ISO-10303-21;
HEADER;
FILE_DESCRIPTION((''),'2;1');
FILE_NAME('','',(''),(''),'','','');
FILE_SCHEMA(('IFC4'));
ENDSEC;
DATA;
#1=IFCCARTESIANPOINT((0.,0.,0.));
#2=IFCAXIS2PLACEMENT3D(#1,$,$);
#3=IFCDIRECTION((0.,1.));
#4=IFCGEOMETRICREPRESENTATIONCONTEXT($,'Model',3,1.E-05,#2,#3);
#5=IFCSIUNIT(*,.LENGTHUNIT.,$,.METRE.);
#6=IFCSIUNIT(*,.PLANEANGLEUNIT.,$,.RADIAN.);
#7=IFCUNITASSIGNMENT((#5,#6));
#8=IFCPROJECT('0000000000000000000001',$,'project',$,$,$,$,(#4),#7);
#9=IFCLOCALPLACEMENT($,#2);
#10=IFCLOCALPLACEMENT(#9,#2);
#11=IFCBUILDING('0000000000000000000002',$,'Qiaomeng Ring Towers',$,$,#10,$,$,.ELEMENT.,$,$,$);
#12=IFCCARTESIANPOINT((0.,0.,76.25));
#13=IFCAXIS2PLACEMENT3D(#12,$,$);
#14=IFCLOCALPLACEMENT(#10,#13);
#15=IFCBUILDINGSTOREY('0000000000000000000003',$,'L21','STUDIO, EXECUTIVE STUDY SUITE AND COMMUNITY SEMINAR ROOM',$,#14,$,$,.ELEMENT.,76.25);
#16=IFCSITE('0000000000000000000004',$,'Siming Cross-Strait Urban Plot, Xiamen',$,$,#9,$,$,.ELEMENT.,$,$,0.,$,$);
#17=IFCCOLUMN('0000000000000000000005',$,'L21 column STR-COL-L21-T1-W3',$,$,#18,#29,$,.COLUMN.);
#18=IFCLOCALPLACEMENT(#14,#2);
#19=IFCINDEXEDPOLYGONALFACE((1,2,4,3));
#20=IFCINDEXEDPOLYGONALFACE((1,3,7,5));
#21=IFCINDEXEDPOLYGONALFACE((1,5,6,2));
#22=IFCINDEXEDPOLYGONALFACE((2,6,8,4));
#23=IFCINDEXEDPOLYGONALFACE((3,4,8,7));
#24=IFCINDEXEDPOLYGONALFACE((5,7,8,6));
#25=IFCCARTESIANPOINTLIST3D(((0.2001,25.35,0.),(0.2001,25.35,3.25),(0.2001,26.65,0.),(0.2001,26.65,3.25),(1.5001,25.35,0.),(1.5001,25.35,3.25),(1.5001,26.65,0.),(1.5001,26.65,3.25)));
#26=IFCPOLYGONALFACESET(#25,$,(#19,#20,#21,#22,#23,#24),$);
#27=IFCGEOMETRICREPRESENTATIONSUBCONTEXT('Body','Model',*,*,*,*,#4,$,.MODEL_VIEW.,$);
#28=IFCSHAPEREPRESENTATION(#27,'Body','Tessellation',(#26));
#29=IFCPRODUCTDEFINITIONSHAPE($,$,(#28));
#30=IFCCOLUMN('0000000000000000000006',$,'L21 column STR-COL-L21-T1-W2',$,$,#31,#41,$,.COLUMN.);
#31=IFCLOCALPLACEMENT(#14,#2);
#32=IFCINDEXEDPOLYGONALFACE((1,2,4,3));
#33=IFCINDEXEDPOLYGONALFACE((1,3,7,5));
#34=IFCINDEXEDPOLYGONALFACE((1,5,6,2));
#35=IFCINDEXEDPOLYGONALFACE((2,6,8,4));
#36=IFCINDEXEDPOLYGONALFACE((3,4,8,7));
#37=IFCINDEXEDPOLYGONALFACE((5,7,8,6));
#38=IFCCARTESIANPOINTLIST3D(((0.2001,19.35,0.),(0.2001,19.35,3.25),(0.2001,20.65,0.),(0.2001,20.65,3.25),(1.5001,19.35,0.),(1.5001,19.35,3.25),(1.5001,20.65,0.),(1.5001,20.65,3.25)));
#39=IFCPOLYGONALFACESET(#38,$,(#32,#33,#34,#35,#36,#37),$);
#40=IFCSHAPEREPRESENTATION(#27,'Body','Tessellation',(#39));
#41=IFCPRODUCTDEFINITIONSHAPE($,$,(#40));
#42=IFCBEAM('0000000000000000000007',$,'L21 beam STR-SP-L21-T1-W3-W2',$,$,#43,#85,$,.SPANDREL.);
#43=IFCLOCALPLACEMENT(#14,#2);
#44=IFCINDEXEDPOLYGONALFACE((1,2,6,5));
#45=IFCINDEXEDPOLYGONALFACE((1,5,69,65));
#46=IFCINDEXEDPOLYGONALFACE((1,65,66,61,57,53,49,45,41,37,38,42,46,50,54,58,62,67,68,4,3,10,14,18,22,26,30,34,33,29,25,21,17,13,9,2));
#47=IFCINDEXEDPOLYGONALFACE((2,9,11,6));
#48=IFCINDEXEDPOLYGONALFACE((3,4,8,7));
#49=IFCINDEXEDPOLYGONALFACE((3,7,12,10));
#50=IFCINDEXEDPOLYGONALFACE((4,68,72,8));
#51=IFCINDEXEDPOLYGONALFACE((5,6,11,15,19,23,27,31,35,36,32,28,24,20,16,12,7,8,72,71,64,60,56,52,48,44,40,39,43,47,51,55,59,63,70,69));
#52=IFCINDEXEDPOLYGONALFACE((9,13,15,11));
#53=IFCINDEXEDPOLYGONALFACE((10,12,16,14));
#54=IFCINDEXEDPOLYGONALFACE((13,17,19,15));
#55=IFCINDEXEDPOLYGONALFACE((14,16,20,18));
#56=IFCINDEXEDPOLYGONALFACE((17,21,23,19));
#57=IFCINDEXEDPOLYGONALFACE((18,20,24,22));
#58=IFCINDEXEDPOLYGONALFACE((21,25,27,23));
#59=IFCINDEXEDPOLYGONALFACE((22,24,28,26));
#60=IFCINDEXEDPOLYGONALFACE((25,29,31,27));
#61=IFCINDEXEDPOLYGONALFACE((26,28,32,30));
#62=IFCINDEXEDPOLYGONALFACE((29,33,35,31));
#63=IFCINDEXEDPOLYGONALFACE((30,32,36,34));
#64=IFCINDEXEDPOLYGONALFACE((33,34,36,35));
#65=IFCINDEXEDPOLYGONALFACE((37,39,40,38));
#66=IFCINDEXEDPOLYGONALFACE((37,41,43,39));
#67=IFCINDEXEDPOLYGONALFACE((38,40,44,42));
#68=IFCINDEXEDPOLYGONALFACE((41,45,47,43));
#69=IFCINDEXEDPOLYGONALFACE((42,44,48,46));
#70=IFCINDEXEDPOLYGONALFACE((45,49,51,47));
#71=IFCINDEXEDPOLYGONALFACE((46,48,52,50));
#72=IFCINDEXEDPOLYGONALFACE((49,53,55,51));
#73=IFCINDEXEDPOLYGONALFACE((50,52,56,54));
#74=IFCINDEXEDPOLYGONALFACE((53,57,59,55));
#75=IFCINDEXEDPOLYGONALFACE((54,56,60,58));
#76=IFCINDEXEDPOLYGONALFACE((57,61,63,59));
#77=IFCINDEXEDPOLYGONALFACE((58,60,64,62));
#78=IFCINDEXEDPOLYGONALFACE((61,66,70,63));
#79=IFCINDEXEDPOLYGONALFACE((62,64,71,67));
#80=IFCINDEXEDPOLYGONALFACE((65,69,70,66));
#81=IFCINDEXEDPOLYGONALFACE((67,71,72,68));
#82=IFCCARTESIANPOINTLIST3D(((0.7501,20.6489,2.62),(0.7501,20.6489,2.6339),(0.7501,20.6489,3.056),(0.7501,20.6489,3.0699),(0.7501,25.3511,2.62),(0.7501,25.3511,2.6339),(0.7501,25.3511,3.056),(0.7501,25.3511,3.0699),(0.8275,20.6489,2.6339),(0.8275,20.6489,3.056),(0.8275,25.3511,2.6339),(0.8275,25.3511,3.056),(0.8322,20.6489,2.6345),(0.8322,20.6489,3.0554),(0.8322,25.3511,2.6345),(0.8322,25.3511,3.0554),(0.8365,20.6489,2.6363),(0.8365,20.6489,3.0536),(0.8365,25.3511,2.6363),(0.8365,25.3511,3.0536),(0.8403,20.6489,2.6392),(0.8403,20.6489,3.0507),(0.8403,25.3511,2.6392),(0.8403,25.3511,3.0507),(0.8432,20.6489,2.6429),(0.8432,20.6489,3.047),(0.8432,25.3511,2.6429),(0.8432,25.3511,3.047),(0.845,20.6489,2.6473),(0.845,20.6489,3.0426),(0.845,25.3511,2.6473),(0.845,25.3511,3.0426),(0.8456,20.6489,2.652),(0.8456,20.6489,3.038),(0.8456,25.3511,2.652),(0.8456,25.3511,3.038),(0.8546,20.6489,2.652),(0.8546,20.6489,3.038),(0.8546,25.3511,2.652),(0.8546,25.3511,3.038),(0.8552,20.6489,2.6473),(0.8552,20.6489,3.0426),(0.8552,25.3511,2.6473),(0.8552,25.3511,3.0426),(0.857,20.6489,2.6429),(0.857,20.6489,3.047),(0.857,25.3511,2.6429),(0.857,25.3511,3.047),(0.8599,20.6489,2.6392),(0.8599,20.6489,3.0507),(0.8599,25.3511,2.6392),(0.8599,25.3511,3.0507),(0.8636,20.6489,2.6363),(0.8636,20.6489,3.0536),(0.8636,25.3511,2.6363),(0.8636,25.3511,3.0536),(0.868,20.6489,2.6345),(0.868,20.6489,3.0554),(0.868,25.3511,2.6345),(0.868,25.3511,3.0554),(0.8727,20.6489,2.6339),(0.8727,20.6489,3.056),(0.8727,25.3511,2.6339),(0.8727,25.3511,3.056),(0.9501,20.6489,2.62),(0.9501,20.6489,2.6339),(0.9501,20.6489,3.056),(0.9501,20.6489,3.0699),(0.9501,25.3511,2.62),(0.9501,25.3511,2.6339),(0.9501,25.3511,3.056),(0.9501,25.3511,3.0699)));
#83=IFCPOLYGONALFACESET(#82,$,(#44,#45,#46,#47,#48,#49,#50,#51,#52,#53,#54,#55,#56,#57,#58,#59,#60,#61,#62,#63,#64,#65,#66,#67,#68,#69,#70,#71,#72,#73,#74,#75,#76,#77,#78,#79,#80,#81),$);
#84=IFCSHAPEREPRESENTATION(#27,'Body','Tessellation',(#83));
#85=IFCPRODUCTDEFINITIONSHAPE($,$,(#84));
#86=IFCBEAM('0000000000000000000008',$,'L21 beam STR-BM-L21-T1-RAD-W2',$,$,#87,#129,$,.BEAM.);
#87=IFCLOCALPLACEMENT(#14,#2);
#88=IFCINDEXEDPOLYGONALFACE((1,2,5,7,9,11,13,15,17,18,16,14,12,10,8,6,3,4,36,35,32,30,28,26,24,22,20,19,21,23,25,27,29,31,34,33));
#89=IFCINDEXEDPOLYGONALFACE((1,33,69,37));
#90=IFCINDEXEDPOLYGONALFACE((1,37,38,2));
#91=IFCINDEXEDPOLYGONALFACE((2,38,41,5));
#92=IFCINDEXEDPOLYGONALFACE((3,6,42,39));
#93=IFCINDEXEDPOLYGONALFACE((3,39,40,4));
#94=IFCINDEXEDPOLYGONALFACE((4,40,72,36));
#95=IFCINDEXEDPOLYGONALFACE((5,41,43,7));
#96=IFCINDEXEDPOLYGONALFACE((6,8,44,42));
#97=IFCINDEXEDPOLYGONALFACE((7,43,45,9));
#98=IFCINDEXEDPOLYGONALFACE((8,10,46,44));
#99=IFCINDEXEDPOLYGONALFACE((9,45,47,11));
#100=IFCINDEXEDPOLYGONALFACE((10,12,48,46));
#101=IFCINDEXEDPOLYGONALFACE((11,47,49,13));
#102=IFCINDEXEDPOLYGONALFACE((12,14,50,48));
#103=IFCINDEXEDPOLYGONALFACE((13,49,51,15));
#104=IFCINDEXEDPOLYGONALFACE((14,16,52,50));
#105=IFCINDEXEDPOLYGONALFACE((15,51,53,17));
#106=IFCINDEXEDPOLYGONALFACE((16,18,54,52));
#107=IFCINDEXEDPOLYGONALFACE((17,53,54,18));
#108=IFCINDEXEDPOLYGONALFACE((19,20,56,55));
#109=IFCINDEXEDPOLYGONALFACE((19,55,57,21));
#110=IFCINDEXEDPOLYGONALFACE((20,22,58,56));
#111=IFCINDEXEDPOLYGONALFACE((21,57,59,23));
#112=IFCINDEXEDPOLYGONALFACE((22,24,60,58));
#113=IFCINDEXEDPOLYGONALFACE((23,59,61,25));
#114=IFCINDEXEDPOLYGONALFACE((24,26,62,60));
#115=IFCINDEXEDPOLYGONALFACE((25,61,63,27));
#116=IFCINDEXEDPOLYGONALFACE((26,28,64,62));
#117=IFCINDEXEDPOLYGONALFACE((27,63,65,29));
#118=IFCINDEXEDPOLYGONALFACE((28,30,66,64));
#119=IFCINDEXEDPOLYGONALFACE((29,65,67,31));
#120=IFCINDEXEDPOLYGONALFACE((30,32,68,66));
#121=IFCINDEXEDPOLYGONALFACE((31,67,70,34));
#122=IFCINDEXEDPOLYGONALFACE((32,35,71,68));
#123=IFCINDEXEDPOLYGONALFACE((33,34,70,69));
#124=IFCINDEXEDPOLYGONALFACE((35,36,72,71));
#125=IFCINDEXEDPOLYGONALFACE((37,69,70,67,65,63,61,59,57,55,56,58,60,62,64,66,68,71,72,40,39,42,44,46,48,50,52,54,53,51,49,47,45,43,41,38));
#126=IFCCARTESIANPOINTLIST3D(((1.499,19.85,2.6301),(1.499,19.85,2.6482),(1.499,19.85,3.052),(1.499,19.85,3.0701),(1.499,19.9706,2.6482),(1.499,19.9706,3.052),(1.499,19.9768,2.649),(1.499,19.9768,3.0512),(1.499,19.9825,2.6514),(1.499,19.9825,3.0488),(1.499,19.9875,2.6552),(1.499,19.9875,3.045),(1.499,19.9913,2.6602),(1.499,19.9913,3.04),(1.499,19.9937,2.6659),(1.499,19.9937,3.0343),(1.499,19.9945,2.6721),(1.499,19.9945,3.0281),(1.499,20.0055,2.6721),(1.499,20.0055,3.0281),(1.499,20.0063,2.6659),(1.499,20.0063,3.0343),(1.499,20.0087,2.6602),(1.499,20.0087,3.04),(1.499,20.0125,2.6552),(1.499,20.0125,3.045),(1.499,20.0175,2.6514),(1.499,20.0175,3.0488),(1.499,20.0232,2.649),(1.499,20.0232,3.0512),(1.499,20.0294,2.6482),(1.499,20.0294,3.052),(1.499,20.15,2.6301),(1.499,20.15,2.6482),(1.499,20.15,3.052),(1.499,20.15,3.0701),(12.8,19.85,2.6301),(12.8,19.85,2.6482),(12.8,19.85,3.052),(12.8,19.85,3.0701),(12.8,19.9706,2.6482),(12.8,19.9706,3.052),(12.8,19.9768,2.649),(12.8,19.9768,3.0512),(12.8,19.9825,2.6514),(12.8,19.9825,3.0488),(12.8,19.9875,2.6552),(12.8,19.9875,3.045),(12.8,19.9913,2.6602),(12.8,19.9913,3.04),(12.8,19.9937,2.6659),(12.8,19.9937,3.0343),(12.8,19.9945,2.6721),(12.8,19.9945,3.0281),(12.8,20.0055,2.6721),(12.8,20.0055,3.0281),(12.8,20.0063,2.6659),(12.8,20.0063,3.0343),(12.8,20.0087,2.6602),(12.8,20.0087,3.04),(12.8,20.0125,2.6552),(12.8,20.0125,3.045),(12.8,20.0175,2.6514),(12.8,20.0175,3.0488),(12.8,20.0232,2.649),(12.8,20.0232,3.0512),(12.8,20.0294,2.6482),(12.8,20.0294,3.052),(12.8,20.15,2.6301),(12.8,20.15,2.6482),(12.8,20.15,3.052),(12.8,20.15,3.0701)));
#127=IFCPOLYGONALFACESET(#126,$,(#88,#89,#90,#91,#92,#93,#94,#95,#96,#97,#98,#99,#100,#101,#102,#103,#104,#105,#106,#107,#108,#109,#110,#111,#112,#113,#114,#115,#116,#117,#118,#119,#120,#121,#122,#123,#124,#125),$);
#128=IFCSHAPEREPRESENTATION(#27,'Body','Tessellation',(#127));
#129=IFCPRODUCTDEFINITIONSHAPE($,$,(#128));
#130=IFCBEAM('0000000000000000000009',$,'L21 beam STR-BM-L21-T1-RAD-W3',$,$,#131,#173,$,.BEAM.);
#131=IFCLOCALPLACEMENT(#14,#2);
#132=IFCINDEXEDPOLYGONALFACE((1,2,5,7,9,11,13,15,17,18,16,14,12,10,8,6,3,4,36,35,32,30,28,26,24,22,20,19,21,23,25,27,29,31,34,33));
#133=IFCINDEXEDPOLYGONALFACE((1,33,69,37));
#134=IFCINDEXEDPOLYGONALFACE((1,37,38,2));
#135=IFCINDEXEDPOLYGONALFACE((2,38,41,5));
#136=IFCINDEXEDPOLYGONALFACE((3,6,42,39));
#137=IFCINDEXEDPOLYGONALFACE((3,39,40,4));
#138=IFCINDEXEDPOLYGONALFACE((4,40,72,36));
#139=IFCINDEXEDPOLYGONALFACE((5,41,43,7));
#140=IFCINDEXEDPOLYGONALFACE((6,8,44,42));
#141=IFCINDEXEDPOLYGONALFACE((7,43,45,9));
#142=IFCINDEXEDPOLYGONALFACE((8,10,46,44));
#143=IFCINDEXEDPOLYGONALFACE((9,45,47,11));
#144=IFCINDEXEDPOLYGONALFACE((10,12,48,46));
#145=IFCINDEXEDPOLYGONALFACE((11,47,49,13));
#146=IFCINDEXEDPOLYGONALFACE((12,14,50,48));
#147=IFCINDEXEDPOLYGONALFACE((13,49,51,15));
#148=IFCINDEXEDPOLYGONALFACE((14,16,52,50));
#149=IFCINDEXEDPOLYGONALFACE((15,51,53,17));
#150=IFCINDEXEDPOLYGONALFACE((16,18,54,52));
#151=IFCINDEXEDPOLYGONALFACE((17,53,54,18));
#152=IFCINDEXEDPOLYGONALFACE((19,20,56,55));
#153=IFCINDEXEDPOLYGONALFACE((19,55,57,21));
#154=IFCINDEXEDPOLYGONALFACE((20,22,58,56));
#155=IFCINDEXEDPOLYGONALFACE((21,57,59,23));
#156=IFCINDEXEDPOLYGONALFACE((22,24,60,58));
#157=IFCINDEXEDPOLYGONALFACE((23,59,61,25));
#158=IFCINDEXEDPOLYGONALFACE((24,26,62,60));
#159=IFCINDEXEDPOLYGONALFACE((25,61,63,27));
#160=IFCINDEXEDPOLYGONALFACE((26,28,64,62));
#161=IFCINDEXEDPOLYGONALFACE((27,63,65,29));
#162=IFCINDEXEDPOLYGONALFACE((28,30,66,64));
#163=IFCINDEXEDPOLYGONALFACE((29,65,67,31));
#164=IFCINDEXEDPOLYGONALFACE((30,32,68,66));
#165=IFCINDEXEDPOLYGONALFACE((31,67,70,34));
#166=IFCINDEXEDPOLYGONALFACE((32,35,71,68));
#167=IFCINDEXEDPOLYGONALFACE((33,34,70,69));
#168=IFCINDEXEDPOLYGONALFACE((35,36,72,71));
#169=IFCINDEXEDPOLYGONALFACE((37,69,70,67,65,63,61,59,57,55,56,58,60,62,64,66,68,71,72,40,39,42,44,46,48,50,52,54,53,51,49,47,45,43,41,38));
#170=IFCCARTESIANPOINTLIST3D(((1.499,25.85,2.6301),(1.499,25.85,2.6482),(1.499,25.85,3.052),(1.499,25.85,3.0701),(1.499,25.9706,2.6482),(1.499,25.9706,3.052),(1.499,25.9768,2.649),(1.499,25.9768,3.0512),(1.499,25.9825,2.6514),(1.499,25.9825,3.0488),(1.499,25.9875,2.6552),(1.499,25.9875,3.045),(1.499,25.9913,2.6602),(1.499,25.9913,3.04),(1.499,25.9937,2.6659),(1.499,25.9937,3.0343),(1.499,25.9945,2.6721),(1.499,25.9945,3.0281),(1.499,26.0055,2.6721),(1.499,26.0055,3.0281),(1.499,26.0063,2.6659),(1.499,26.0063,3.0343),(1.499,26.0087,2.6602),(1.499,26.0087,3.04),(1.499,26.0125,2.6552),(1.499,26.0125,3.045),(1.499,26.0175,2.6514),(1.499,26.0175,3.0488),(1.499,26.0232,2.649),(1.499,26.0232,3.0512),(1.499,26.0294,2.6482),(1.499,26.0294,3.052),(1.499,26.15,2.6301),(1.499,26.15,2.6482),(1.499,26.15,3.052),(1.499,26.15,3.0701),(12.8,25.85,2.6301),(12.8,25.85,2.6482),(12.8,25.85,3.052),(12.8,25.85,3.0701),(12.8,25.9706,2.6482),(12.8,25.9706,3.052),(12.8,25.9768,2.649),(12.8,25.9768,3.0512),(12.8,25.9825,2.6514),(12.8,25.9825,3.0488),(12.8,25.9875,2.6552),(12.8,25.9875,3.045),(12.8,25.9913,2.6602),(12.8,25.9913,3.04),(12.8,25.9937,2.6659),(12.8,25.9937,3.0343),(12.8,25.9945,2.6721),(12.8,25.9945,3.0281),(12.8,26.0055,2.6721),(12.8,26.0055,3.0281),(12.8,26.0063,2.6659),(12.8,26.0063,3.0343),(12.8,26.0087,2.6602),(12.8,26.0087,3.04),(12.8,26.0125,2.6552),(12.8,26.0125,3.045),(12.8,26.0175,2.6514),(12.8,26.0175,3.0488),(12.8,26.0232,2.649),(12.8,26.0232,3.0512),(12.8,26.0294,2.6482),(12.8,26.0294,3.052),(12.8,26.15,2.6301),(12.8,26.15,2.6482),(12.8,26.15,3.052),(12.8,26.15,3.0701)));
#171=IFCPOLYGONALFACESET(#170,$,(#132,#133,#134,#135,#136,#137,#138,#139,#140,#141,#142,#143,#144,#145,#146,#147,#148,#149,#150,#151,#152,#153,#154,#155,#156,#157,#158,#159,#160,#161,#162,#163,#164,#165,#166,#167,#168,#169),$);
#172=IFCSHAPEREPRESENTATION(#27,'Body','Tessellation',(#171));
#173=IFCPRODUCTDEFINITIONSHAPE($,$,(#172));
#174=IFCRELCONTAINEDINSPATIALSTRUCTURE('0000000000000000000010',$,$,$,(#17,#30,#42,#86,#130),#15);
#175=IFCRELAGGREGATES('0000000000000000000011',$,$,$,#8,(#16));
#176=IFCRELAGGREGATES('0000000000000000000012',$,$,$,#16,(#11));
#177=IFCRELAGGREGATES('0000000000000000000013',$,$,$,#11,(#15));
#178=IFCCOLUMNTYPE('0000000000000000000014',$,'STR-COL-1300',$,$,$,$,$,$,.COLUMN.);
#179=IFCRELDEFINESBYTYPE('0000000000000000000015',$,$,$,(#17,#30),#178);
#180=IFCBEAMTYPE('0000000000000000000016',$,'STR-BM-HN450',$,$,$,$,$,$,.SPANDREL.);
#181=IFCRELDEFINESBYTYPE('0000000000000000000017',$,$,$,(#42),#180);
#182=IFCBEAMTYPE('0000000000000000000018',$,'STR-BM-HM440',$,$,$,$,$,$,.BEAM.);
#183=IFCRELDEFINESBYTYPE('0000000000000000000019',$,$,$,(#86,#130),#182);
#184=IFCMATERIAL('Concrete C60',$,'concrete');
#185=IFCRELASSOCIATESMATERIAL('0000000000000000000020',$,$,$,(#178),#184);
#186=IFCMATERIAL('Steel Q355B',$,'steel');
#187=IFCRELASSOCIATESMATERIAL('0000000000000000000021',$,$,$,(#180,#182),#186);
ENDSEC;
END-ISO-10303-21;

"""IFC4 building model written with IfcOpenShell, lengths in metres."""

from ifc_helpers import new_model, si_unit, direction, frame, origin, origin_2d, place, context, subcontext, project, spatial, rectangle, i_section, extrude, source, transform, mapped, material, material_profile, profile_set, type_object, element, save


model = new_model("IFC4")

# Units and contexts
model_context = context("Model", 3, precision=1e-05, world=origin(), true_north=direction((0.0, 1.0)))
body_context = subcontext(model_context, "Body", "Model", "MODEL_VIEW")
ifc_project = project(units=[si_unit("LENGTHUNIT", "METRE"), si_unit("PLANEANGLEUNIT", "RADIAN")], contexts=[model_context])

# Site, building, storey
site_placement = place(None, origin())
site = spatial("IfcSite", under=ifc_project, at=site_placement, Name="Siming Cross-Strait Urban Plot, Xiamen", CompositionType="ELEMENT", RefElevation=0.0)
building_placement = place(site_placement, origin())
building = spatial("IfcBuilding", under=site, at=building_placement, Name="Qiaomeng Ring Towers", CompositionType="ELEMENT")
storey_placement = place(building_placement, frame((0.0, 0.0, 76.25)))
storey = spatial("IfcBuildingStorey", under=building, at=storey_placement, Name="L21", Description="STUDIO, EXECUTIVE STUDY SUITE AND COMMUNITY SEMINAR ROOM", CompositionType="ELEMENT", Elevation=76.25)

# Columns
ifc_material_1 = material(Name="Concrete C60", Category="concrete")
ifc_material_profile_1 = material_profile(ifc_material_1, rectangle(XDim=1.3, YDim=1.3, at=origin_2d()), Name="RC COL 1300x1300")
ifc_profile_set_1 = profile_set([ifc_material_profile_1], Name="Concrete C60")
column_type = type_object("IfcColumnType", Name="STR-COL-1300", PredefinedType="COLUMN", material=ifc_profile_set_1)
shared_shape_1 = source(origin(), body_context, "Body", "SweptSolid", [
    extrude(rectangle(XDim=1.3, YDim=1.3, at=origin_2d()), origin(), (0.0, 0.0, 1.0), 3.25),
])
for number, where, z_axis, x_axis, name in (
    (1, (0.8501, 26.0, 0.0), (0.0, 0.0, 1.0), (1.0, 0.0, 0.0), "L21 column STR-COL-L21-T1-W3"),
    (2, (0.8501, 20.0, 0.0), (0.0, 0.0, 1.0), (1.0, 0.0, 0.0), "L21 column STR-COL-L21-T1-W2"),
):
    element("IfcColumn", number, at=place(storey_placement, frame(where, z_axis=z_axis, x_axis=x_axis)), inside=storey, type_object=column_type, Name=name, PredefinedType="COLUMN", context=body_context, shape_type="MappedRepresentation", body=[
        mapped(shared_shape_1, transform((0.0, 0.0, 0.0), x_axis=(1.0, 0.0, 0.0), y_axis=(0.0, 1.0, 0.0), z_axis=(0.0, 0.0, 1.0), scale=1.0)),
    ])

# Beams
ifc_material_2 = material(Name="Steel Q355B", Category="steel")
ifc_material_profile_2 = material_profile(ifc_material_2, i_section(OverallWidth=0.2, OverallDepth=0.45, WebThickness=0.009, FlangeThickness=0.0139, FilletRadius=0.0181, at=origin_2d()), Name="HN 450x200x9x14")
ifc_profile_set_2 = profile_set([ifc_material_profile_2], Name="Steel Q355B")
beam_type_1 = type_object("IfcBeamType", Name="STR-BM-HN450", PredefinedType="SPANDREL", material=ifc_profile_set_2)
shared_shape_2 = source(origin(), body_context, "Body", "SweptSolid", [
    extrude(i_section(OverallWidth=0.2, OverallDepth=0.45, WebThickness=0.009, FlangeThickness=0.0139, FilletRadius=0.0181, at=origin_2d()), origin(), (0.0, 0.0, 1.0), 4.7021),
])
beam_1_placement = place(storey_placement, frame((0.8501, 25.3511, 2.845), z_axis=(0.0, -1.0, 0.0), x_axis=(1.0, 0.0, 0.0)))
element("IfcBeam", 3, at=beam_1_placement, inside=storey, type_object=beam_type_1, Name="L21 beam STR-SP-L21-T1-W3-W2", PredefinedType="SPANDREL", context=body_context, shape_type="MappedRepresentation", body=[
    mapped(shared_shape_2, transform((0.0, 0.0, 0.0), x_axis=(1.0, 0.0, 0.0), y_axis=(0.0, 1.0, 0.0), z_axis=(0.0, 0.0, 1.0), scale=1.0)),
])
ifc_material_profile_3 = material_profile(ifc_material_2, i_section(OverallWidth=0.3, OverallDepth=0.4399, WebThickness=0.011, FlangeThickness=0.0181, FilletRadius=0.0239, at=origin_2d()), Name="HM 440x300x11x18")
ifc_profile_set_3 = profile_set([ifc_material_profile_3], Name="Steel Q355B")
beam_type_2 = type_object("IfcBeamType", Name="STR-BM-HM440", PredefinedType="BEAM", material=ifc_profile_set_3)
shared_shape_3 = source(origin(), body_context, "Body", "SweptSolid", [
    extrude(i_section(OverallWidth=0.3, OverallDepth=0.4399, WebThickness=0.011, FlangeThickness=0.0181, FilletRadius=0.0239, at=origin_2d()), origin(), (0.0, 0.0, 1.0), 11.301),
])
for number, where, z_axis, x_axis, name in (
    (4, (1.499, 20.0, 2.8501), (1.0, 0.0, 0.0), (0.0, 1.0, 0.0), "L21 beam STR-BM-L21-T1-RAD-W2"),
    (5, (1.499, 26.0, 2.8501), (1.0, 0.0, 0.0), (0.0, 1.0, 0.0), "L21 beam STR-BM-L21-T1-RAD-W3"),
):
    element("IfcBeam", number, at=place(storey_placement, frame(where, z_axis=z_axis, x_axis=x_axis)), inside=storey, type_object=beam_type_2, Name=name, PredefinedType="BEAM", context=body_context, shape_type="MappedRepresentation", body=[
        mapped(shared_shape_3, transform((0.0, 0.0, 0.0), x_axis=(1.0, 0.0, 0.0), y_axis=(0.0, 1.0, 0.0), z_axis=(0.0, 0.0, 1.0), scale=1.0)),
    ])

save(model, "model.ifc")
